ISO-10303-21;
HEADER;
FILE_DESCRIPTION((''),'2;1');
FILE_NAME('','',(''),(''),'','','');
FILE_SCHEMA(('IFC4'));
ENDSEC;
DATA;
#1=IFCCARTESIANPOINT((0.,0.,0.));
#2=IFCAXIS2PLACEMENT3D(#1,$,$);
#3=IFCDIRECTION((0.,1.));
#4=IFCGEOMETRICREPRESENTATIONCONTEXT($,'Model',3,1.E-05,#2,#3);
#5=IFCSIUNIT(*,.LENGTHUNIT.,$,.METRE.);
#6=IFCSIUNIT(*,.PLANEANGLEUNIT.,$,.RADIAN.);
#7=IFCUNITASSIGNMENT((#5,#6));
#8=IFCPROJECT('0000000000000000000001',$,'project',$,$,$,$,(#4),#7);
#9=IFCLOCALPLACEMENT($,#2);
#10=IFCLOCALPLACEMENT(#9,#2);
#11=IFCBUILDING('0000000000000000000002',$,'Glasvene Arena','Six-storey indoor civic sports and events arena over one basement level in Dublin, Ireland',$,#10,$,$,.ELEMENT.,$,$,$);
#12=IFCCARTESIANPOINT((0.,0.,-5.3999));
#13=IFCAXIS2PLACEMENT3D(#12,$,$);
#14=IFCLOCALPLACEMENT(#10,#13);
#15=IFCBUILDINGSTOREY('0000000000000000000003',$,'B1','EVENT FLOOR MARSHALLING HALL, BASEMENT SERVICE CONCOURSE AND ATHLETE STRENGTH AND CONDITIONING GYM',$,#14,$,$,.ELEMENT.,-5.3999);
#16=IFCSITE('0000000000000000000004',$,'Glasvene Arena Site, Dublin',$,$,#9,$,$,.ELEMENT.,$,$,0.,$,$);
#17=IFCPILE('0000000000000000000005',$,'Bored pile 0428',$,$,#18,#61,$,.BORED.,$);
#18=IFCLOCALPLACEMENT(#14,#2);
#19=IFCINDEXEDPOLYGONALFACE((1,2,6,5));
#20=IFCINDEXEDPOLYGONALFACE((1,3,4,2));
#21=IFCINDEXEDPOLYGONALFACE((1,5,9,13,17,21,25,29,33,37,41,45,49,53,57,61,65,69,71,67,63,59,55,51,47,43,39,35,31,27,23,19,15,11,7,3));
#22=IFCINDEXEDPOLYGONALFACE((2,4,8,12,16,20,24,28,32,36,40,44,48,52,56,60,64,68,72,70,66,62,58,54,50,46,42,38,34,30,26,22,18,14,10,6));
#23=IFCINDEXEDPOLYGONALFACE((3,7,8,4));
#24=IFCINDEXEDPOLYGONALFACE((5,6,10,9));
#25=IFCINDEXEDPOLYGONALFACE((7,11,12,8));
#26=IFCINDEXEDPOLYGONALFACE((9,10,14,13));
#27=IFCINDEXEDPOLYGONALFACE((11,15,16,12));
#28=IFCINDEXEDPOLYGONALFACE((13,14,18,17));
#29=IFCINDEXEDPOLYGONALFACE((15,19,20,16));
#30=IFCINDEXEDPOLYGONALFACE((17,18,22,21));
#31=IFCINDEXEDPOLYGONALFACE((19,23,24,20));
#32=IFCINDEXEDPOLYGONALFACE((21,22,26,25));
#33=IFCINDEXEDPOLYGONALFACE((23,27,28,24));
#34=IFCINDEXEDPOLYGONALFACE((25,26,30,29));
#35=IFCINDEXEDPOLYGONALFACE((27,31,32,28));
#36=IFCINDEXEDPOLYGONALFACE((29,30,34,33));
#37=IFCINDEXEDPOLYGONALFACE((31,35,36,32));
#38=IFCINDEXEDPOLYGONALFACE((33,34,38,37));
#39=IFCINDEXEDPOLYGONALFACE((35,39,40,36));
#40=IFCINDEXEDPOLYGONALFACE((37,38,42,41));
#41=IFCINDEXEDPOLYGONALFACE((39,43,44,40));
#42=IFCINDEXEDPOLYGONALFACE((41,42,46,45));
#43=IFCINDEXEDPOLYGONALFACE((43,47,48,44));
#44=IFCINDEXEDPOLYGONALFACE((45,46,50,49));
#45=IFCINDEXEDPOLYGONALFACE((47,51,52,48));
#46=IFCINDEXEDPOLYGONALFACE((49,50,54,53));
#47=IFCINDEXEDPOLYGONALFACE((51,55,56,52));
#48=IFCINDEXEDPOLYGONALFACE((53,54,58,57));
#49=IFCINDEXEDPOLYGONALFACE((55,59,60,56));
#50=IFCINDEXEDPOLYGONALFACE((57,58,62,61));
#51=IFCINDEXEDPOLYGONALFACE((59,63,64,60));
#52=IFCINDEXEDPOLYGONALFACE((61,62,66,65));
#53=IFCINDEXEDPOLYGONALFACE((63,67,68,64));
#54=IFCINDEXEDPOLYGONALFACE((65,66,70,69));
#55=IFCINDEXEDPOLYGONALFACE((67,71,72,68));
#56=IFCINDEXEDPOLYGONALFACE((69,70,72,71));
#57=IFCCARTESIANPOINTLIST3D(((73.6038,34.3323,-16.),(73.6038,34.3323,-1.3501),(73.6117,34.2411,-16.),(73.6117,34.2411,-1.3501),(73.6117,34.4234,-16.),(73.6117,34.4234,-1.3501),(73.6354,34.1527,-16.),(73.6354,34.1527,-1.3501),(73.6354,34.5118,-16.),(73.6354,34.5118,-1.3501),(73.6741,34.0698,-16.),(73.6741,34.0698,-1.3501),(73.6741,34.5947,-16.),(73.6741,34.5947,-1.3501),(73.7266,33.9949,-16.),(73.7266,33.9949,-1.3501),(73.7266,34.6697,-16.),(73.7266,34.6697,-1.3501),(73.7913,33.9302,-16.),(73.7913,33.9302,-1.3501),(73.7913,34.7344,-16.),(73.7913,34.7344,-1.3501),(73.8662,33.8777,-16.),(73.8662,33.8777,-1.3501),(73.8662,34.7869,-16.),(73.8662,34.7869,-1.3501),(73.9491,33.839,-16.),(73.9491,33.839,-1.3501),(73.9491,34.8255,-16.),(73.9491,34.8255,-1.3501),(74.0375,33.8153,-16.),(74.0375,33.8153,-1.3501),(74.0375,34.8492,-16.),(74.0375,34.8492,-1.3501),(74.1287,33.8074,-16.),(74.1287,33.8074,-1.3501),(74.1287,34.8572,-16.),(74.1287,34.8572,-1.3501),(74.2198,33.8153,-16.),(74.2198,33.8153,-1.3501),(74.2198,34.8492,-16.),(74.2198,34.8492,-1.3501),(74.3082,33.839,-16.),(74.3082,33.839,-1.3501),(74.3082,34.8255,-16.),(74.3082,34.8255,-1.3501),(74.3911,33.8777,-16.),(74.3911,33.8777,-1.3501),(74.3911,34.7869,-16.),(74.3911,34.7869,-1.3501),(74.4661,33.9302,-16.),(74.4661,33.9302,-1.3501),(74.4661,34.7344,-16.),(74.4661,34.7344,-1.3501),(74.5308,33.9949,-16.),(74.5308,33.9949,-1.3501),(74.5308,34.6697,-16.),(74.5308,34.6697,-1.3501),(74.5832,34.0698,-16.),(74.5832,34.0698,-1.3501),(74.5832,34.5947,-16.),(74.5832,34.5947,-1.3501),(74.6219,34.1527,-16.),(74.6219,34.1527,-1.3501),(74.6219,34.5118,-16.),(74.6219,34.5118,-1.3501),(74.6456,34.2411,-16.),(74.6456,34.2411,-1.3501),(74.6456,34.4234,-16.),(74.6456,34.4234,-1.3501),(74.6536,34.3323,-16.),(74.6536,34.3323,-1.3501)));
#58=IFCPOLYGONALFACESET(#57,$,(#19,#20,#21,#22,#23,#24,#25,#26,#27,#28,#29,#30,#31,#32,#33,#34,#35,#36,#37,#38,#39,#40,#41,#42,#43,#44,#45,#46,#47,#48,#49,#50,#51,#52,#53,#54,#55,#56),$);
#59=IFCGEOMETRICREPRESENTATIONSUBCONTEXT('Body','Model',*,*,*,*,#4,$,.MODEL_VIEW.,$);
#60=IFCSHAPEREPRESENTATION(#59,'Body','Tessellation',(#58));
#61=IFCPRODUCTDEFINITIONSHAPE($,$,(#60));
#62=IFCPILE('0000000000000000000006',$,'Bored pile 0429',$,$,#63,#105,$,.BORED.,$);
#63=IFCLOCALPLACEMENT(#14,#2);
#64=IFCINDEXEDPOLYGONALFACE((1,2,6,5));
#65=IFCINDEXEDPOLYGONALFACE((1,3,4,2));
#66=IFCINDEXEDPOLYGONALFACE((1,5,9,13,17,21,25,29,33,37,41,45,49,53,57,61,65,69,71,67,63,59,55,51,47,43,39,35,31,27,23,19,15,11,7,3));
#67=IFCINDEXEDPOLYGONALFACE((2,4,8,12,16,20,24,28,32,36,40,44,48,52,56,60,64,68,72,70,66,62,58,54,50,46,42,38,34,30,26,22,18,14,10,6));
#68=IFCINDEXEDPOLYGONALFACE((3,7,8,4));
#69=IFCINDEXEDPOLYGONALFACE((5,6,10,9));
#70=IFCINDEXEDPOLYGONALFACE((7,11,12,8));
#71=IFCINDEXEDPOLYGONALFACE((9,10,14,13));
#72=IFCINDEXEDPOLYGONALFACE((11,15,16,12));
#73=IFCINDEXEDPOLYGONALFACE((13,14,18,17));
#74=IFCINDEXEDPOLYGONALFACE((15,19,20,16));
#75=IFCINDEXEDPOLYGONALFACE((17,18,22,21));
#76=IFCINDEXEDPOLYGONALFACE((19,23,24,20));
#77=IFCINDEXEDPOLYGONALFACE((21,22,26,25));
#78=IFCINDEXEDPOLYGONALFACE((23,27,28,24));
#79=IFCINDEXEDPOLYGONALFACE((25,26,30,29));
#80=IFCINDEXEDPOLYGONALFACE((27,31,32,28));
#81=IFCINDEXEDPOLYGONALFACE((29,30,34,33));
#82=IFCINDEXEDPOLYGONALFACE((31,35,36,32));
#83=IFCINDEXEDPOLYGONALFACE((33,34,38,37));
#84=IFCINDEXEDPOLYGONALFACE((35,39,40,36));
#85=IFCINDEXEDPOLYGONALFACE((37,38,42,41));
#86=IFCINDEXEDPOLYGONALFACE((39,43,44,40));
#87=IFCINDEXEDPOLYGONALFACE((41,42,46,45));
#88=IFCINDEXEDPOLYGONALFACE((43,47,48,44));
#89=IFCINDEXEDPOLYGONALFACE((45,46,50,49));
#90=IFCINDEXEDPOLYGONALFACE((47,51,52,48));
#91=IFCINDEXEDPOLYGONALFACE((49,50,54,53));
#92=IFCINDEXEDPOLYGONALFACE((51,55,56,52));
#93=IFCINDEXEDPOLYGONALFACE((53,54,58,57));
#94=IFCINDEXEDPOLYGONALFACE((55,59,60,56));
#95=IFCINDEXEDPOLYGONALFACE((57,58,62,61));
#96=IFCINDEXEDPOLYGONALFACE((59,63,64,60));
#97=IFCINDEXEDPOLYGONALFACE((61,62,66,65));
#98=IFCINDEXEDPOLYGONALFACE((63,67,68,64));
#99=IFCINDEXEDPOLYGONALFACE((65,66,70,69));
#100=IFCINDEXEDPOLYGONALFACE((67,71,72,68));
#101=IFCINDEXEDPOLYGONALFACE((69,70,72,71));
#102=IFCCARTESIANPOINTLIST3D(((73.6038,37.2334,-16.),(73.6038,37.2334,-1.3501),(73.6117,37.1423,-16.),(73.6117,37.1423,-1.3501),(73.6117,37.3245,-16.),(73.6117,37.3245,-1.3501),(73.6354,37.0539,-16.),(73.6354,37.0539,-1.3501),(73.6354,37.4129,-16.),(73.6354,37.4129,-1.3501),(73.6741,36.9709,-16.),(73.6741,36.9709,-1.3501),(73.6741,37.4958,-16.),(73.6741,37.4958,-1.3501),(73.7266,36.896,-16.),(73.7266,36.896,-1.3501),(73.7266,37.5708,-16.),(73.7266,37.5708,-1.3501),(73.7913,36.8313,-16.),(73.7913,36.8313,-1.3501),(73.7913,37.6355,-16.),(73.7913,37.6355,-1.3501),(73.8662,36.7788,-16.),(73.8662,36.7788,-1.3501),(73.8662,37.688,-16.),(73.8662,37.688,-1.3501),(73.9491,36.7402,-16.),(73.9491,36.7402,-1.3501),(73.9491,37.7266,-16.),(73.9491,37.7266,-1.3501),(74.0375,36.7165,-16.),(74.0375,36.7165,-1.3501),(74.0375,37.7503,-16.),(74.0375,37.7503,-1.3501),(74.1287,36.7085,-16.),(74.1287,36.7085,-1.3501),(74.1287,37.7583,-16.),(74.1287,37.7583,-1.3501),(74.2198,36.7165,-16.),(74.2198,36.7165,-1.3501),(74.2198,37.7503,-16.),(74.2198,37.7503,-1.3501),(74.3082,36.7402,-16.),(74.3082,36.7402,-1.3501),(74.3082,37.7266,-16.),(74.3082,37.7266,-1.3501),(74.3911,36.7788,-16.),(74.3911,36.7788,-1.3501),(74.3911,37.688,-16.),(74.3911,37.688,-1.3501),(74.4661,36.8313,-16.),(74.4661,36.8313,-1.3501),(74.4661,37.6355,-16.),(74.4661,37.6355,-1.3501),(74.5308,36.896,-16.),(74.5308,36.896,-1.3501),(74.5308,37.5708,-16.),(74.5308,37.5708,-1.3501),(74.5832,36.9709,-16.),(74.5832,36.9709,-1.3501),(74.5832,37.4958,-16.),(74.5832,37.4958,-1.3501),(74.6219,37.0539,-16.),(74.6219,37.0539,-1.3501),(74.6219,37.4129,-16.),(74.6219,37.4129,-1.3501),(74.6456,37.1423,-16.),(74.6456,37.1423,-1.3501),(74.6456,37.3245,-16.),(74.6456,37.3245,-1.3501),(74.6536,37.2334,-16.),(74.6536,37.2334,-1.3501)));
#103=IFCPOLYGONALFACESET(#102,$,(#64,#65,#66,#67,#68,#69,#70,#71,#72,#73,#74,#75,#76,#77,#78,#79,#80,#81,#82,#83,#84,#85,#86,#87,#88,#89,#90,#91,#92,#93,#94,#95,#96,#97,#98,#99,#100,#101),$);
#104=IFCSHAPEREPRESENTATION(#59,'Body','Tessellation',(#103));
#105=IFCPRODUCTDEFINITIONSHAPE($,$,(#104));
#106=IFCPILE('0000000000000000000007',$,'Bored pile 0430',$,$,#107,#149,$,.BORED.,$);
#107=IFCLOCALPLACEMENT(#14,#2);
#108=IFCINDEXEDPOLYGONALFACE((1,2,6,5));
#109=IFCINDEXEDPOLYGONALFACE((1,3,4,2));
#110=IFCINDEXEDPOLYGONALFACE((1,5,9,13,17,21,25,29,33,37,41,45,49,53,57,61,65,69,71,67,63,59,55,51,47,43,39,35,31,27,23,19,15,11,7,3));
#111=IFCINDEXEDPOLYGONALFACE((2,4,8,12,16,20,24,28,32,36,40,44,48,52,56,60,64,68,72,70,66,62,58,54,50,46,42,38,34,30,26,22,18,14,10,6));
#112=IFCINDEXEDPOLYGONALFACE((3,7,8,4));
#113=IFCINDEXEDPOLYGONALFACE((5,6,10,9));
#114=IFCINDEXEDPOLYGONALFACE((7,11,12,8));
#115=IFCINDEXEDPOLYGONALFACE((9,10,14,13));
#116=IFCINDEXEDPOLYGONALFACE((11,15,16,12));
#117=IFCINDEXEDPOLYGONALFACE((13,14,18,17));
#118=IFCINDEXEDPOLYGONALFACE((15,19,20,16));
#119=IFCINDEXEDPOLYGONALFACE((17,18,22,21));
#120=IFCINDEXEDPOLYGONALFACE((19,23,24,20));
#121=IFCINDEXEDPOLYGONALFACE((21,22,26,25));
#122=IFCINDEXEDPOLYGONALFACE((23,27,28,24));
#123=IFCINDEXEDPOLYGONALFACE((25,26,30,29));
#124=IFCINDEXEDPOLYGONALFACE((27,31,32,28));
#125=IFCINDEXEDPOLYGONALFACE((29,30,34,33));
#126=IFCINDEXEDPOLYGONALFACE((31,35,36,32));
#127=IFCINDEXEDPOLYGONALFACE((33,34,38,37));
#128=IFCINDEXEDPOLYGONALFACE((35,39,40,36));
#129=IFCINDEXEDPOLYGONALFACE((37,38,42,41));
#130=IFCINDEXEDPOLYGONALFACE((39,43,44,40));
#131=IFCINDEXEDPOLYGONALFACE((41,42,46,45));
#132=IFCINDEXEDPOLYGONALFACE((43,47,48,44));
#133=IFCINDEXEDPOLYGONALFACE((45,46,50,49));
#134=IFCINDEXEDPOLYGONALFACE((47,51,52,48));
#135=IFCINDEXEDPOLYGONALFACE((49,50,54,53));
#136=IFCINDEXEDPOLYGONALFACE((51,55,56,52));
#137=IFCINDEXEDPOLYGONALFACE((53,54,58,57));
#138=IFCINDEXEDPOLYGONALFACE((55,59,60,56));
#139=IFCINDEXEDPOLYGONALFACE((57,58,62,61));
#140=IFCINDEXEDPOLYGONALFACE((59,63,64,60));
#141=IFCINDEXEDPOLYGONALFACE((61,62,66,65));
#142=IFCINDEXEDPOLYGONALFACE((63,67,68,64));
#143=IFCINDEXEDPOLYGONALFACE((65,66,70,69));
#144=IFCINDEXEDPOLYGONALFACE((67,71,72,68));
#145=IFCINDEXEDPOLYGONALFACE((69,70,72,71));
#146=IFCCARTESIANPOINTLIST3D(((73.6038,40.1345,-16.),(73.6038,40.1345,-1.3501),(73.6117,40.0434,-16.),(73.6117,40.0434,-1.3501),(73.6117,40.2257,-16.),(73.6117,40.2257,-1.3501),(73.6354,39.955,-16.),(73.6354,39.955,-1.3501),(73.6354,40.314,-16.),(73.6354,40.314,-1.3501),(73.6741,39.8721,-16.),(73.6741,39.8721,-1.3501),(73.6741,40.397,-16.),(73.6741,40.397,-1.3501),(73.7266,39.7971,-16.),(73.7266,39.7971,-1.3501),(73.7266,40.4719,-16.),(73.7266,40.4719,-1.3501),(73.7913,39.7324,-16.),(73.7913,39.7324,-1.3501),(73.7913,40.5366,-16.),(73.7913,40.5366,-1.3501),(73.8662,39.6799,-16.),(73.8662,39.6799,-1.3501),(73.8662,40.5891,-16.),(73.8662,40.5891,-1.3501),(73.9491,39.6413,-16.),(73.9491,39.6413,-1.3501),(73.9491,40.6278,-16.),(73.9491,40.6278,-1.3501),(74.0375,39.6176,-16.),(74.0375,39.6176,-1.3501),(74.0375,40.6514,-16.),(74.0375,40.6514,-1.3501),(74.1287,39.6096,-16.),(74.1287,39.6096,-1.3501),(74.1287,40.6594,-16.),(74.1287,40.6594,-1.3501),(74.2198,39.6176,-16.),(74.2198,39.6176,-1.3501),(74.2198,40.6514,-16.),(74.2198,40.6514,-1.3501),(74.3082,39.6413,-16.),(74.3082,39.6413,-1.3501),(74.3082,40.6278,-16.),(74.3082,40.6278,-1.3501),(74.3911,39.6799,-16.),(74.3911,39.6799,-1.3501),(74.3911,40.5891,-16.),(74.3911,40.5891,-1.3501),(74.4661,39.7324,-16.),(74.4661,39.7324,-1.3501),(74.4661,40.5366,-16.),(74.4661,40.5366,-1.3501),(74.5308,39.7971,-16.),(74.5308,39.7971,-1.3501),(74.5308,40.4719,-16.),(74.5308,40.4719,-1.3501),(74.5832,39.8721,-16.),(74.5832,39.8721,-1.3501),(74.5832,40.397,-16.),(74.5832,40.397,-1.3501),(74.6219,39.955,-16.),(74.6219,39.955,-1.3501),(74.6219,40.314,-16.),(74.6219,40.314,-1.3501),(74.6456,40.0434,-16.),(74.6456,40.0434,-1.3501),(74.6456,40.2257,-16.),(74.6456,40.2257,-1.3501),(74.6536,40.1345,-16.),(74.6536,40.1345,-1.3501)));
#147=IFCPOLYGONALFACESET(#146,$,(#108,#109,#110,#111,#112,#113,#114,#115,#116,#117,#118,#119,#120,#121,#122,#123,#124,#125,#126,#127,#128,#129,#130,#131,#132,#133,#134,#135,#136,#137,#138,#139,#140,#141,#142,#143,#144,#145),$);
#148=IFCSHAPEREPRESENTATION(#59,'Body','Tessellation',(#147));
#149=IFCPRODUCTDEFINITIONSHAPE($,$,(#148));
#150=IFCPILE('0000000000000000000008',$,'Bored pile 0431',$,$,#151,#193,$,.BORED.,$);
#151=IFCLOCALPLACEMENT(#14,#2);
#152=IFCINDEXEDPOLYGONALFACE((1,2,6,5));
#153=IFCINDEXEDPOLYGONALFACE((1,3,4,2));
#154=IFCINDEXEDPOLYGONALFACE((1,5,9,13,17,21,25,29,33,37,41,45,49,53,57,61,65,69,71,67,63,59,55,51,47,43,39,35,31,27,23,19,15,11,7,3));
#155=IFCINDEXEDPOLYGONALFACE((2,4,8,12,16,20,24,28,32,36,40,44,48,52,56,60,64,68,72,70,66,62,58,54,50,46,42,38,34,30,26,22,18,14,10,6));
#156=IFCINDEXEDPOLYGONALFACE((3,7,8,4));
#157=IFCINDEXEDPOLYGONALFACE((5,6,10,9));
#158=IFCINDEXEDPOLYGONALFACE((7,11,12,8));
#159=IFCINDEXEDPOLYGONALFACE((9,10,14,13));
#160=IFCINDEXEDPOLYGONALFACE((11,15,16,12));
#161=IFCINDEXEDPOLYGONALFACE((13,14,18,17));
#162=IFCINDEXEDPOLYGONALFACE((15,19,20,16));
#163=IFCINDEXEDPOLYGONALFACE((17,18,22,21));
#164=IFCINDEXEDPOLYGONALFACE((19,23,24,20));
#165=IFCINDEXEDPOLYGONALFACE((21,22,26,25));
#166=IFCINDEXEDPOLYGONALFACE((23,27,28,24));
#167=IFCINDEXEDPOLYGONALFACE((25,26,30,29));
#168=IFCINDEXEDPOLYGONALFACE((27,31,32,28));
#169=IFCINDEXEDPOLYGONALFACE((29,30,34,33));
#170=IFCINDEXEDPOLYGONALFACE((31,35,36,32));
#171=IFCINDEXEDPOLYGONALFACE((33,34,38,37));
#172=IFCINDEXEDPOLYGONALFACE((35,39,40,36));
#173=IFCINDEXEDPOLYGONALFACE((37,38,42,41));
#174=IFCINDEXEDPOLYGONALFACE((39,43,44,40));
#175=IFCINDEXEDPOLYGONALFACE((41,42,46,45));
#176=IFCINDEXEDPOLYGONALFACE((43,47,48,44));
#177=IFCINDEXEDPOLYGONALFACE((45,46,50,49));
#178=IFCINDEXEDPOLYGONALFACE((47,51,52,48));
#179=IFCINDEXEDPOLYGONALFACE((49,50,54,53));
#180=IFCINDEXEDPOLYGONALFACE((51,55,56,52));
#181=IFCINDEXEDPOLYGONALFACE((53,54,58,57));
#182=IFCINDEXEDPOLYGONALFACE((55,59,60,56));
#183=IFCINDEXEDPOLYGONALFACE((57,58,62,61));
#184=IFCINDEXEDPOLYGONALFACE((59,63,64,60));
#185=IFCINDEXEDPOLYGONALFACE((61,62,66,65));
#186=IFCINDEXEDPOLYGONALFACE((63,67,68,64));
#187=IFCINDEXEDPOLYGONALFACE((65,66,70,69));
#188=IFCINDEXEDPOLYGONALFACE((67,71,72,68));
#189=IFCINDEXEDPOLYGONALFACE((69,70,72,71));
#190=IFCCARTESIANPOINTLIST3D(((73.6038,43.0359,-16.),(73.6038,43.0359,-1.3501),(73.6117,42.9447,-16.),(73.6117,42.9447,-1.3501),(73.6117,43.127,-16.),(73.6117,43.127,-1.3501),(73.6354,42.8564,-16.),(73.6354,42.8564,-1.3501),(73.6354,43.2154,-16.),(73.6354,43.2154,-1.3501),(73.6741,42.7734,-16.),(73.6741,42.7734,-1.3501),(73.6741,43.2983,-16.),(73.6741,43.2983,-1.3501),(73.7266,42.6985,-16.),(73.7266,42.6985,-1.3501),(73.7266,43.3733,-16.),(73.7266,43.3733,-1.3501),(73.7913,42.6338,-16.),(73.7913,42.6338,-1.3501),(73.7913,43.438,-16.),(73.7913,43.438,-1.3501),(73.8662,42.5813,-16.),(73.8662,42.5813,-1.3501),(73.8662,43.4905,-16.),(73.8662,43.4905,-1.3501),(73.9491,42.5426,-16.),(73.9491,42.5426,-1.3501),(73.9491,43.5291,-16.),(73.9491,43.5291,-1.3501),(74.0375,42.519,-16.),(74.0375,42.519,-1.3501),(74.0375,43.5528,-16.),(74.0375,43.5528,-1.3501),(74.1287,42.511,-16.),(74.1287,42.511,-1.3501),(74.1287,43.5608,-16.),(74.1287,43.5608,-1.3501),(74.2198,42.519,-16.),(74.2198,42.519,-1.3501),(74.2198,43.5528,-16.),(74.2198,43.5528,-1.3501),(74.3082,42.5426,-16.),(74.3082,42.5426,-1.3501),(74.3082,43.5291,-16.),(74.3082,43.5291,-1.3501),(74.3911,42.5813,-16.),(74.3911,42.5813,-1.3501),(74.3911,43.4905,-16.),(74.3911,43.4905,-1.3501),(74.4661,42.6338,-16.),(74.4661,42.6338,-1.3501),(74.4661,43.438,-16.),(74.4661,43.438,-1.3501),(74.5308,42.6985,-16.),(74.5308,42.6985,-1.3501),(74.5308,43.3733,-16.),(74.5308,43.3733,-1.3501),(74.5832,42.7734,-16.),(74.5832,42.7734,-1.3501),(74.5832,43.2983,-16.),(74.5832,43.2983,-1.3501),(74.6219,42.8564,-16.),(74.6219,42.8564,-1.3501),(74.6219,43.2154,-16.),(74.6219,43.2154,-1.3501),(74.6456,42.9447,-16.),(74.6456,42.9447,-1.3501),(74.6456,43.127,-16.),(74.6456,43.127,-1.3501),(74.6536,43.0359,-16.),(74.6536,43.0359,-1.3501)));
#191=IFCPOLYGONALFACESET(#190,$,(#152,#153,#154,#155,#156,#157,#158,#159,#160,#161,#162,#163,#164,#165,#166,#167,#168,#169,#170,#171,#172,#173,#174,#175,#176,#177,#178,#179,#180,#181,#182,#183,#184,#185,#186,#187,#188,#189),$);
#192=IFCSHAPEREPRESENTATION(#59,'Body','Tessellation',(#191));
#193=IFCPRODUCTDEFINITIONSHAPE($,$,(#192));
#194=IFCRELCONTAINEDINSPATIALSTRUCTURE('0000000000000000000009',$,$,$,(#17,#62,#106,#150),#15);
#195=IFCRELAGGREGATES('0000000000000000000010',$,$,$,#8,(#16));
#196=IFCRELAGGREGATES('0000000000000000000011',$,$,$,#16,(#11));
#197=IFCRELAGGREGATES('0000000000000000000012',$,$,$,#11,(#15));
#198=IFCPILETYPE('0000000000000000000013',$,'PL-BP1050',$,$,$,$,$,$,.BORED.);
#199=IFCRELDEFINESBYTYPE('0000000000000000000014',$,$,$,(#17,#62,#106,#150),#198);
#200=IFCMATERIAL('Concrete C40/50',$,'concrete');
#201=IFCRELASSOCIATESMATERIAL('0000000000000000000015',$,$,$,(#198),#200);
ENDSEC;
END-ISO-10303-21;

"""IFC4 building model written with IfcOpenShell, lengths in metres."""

from ifc_helpers import new_model, si_unit, direction, frame, origin, origin_2d, place, context, subcontext, project, spatial, circle, extrude, material, material_profile, profile_set, type_object, element, save


model = new_model("IFC4")

# Units and contexts
model_context = context("Model", 3, precision=1e-05, world=origin(), true_north=direction((0.0, 1.0)))
body_context = subcontext(model_context, "Body", "Model", "MODEL_VIEW")
ifc_project = project(units=[si_unit("LENGTHUNIT", "METRE"), si_unit("PLANEANGLEUNIT", "RADIAN")], contexts=[model_context])

# Site, building, storey
site_placement = place(None, origin())
site = spatial("IfcSite", under=ifc_project, at=site_placement, Name="Glasvene Arena Site, Dublin", CompositionType="ELEMENT", RefElevation=0.0)
building_placement = place(site_placement, origin())
building = spatial("IfcBuilding", under=site, at=building_placement, Name="Glasvene Arena", Description="Six-storey indoor civic sports and events arena over one basement level in Dublin, Ireland", CompositionType="ELEMENT")
storey_placement = place(building_placement, frame((0.0, 0.0, -5.3999)))
storey = spatial("IfcBuildingStorey", under=building, at=storey_placement, Name="B1", Description="EVENT FLOOR MARSHALLING HALL, BASEMENT SERVICE CONCOURSE AND ATHLETE STRENGTH AND CONDITIONING GYM", CompositionType="ELEMENT", Elevation=-5.3999)

# Piles
ifc_material_1 = material(Name="Concrete C40/50", Category="concrete")
ifc_material_profile_1 = material_profile(ifc_material_1, circle(Radius=0.5249, at=origin_2d()), Name="BORED PILE 1050")
ifc_profile_set_1 = profile_set([ifc_material_profile_1], Name="Concrete C40/50")
pile_type = type_object("IfcPileType", Name="PL-BP1050", PredefinedType="BORED", material=ifc_profile_set_1)
for number, where, z_axis, x_axis, name in (
    (1, (74.1287, 34.3323, -1.3501), (0.0, 0.0, -1.0), (1.0, 0.0, 0.0), "Bored pile 0428"),
    (2, (74.1287, 37.2334, -1.3501), (0.0, 0.0, -1.0), (1.0, 0.0, 0.0), "Bored pile 0429"),
    (3, (74.1287, 40.1345, -1.3501), (0.0, 0.0, -1.0), (1.0, 0.0, 0.0), "Bored pile 0430"),
    (4, (74.1287, 43.0359, -1.3501), (0.0, 0.0, -1.0), (1.0, 0.0, 0.0), "Bored pile 0431"),
):
    element("IfcPile", number, at=place(storey_placement, frame(where, z_axis=z_axis, x_axis=x_axis)), inside=storey, type_object=pile_type, Name=name, PredefinedType="BORED", context=body_context, shape_type="SweptSolid", body=[
        extrude(circle(Radius=0.5249, at=origin_2d()), origin(), (0.0, 0.0, 1.0), 14.6499),
    ])

save(model, "model.ifc")
